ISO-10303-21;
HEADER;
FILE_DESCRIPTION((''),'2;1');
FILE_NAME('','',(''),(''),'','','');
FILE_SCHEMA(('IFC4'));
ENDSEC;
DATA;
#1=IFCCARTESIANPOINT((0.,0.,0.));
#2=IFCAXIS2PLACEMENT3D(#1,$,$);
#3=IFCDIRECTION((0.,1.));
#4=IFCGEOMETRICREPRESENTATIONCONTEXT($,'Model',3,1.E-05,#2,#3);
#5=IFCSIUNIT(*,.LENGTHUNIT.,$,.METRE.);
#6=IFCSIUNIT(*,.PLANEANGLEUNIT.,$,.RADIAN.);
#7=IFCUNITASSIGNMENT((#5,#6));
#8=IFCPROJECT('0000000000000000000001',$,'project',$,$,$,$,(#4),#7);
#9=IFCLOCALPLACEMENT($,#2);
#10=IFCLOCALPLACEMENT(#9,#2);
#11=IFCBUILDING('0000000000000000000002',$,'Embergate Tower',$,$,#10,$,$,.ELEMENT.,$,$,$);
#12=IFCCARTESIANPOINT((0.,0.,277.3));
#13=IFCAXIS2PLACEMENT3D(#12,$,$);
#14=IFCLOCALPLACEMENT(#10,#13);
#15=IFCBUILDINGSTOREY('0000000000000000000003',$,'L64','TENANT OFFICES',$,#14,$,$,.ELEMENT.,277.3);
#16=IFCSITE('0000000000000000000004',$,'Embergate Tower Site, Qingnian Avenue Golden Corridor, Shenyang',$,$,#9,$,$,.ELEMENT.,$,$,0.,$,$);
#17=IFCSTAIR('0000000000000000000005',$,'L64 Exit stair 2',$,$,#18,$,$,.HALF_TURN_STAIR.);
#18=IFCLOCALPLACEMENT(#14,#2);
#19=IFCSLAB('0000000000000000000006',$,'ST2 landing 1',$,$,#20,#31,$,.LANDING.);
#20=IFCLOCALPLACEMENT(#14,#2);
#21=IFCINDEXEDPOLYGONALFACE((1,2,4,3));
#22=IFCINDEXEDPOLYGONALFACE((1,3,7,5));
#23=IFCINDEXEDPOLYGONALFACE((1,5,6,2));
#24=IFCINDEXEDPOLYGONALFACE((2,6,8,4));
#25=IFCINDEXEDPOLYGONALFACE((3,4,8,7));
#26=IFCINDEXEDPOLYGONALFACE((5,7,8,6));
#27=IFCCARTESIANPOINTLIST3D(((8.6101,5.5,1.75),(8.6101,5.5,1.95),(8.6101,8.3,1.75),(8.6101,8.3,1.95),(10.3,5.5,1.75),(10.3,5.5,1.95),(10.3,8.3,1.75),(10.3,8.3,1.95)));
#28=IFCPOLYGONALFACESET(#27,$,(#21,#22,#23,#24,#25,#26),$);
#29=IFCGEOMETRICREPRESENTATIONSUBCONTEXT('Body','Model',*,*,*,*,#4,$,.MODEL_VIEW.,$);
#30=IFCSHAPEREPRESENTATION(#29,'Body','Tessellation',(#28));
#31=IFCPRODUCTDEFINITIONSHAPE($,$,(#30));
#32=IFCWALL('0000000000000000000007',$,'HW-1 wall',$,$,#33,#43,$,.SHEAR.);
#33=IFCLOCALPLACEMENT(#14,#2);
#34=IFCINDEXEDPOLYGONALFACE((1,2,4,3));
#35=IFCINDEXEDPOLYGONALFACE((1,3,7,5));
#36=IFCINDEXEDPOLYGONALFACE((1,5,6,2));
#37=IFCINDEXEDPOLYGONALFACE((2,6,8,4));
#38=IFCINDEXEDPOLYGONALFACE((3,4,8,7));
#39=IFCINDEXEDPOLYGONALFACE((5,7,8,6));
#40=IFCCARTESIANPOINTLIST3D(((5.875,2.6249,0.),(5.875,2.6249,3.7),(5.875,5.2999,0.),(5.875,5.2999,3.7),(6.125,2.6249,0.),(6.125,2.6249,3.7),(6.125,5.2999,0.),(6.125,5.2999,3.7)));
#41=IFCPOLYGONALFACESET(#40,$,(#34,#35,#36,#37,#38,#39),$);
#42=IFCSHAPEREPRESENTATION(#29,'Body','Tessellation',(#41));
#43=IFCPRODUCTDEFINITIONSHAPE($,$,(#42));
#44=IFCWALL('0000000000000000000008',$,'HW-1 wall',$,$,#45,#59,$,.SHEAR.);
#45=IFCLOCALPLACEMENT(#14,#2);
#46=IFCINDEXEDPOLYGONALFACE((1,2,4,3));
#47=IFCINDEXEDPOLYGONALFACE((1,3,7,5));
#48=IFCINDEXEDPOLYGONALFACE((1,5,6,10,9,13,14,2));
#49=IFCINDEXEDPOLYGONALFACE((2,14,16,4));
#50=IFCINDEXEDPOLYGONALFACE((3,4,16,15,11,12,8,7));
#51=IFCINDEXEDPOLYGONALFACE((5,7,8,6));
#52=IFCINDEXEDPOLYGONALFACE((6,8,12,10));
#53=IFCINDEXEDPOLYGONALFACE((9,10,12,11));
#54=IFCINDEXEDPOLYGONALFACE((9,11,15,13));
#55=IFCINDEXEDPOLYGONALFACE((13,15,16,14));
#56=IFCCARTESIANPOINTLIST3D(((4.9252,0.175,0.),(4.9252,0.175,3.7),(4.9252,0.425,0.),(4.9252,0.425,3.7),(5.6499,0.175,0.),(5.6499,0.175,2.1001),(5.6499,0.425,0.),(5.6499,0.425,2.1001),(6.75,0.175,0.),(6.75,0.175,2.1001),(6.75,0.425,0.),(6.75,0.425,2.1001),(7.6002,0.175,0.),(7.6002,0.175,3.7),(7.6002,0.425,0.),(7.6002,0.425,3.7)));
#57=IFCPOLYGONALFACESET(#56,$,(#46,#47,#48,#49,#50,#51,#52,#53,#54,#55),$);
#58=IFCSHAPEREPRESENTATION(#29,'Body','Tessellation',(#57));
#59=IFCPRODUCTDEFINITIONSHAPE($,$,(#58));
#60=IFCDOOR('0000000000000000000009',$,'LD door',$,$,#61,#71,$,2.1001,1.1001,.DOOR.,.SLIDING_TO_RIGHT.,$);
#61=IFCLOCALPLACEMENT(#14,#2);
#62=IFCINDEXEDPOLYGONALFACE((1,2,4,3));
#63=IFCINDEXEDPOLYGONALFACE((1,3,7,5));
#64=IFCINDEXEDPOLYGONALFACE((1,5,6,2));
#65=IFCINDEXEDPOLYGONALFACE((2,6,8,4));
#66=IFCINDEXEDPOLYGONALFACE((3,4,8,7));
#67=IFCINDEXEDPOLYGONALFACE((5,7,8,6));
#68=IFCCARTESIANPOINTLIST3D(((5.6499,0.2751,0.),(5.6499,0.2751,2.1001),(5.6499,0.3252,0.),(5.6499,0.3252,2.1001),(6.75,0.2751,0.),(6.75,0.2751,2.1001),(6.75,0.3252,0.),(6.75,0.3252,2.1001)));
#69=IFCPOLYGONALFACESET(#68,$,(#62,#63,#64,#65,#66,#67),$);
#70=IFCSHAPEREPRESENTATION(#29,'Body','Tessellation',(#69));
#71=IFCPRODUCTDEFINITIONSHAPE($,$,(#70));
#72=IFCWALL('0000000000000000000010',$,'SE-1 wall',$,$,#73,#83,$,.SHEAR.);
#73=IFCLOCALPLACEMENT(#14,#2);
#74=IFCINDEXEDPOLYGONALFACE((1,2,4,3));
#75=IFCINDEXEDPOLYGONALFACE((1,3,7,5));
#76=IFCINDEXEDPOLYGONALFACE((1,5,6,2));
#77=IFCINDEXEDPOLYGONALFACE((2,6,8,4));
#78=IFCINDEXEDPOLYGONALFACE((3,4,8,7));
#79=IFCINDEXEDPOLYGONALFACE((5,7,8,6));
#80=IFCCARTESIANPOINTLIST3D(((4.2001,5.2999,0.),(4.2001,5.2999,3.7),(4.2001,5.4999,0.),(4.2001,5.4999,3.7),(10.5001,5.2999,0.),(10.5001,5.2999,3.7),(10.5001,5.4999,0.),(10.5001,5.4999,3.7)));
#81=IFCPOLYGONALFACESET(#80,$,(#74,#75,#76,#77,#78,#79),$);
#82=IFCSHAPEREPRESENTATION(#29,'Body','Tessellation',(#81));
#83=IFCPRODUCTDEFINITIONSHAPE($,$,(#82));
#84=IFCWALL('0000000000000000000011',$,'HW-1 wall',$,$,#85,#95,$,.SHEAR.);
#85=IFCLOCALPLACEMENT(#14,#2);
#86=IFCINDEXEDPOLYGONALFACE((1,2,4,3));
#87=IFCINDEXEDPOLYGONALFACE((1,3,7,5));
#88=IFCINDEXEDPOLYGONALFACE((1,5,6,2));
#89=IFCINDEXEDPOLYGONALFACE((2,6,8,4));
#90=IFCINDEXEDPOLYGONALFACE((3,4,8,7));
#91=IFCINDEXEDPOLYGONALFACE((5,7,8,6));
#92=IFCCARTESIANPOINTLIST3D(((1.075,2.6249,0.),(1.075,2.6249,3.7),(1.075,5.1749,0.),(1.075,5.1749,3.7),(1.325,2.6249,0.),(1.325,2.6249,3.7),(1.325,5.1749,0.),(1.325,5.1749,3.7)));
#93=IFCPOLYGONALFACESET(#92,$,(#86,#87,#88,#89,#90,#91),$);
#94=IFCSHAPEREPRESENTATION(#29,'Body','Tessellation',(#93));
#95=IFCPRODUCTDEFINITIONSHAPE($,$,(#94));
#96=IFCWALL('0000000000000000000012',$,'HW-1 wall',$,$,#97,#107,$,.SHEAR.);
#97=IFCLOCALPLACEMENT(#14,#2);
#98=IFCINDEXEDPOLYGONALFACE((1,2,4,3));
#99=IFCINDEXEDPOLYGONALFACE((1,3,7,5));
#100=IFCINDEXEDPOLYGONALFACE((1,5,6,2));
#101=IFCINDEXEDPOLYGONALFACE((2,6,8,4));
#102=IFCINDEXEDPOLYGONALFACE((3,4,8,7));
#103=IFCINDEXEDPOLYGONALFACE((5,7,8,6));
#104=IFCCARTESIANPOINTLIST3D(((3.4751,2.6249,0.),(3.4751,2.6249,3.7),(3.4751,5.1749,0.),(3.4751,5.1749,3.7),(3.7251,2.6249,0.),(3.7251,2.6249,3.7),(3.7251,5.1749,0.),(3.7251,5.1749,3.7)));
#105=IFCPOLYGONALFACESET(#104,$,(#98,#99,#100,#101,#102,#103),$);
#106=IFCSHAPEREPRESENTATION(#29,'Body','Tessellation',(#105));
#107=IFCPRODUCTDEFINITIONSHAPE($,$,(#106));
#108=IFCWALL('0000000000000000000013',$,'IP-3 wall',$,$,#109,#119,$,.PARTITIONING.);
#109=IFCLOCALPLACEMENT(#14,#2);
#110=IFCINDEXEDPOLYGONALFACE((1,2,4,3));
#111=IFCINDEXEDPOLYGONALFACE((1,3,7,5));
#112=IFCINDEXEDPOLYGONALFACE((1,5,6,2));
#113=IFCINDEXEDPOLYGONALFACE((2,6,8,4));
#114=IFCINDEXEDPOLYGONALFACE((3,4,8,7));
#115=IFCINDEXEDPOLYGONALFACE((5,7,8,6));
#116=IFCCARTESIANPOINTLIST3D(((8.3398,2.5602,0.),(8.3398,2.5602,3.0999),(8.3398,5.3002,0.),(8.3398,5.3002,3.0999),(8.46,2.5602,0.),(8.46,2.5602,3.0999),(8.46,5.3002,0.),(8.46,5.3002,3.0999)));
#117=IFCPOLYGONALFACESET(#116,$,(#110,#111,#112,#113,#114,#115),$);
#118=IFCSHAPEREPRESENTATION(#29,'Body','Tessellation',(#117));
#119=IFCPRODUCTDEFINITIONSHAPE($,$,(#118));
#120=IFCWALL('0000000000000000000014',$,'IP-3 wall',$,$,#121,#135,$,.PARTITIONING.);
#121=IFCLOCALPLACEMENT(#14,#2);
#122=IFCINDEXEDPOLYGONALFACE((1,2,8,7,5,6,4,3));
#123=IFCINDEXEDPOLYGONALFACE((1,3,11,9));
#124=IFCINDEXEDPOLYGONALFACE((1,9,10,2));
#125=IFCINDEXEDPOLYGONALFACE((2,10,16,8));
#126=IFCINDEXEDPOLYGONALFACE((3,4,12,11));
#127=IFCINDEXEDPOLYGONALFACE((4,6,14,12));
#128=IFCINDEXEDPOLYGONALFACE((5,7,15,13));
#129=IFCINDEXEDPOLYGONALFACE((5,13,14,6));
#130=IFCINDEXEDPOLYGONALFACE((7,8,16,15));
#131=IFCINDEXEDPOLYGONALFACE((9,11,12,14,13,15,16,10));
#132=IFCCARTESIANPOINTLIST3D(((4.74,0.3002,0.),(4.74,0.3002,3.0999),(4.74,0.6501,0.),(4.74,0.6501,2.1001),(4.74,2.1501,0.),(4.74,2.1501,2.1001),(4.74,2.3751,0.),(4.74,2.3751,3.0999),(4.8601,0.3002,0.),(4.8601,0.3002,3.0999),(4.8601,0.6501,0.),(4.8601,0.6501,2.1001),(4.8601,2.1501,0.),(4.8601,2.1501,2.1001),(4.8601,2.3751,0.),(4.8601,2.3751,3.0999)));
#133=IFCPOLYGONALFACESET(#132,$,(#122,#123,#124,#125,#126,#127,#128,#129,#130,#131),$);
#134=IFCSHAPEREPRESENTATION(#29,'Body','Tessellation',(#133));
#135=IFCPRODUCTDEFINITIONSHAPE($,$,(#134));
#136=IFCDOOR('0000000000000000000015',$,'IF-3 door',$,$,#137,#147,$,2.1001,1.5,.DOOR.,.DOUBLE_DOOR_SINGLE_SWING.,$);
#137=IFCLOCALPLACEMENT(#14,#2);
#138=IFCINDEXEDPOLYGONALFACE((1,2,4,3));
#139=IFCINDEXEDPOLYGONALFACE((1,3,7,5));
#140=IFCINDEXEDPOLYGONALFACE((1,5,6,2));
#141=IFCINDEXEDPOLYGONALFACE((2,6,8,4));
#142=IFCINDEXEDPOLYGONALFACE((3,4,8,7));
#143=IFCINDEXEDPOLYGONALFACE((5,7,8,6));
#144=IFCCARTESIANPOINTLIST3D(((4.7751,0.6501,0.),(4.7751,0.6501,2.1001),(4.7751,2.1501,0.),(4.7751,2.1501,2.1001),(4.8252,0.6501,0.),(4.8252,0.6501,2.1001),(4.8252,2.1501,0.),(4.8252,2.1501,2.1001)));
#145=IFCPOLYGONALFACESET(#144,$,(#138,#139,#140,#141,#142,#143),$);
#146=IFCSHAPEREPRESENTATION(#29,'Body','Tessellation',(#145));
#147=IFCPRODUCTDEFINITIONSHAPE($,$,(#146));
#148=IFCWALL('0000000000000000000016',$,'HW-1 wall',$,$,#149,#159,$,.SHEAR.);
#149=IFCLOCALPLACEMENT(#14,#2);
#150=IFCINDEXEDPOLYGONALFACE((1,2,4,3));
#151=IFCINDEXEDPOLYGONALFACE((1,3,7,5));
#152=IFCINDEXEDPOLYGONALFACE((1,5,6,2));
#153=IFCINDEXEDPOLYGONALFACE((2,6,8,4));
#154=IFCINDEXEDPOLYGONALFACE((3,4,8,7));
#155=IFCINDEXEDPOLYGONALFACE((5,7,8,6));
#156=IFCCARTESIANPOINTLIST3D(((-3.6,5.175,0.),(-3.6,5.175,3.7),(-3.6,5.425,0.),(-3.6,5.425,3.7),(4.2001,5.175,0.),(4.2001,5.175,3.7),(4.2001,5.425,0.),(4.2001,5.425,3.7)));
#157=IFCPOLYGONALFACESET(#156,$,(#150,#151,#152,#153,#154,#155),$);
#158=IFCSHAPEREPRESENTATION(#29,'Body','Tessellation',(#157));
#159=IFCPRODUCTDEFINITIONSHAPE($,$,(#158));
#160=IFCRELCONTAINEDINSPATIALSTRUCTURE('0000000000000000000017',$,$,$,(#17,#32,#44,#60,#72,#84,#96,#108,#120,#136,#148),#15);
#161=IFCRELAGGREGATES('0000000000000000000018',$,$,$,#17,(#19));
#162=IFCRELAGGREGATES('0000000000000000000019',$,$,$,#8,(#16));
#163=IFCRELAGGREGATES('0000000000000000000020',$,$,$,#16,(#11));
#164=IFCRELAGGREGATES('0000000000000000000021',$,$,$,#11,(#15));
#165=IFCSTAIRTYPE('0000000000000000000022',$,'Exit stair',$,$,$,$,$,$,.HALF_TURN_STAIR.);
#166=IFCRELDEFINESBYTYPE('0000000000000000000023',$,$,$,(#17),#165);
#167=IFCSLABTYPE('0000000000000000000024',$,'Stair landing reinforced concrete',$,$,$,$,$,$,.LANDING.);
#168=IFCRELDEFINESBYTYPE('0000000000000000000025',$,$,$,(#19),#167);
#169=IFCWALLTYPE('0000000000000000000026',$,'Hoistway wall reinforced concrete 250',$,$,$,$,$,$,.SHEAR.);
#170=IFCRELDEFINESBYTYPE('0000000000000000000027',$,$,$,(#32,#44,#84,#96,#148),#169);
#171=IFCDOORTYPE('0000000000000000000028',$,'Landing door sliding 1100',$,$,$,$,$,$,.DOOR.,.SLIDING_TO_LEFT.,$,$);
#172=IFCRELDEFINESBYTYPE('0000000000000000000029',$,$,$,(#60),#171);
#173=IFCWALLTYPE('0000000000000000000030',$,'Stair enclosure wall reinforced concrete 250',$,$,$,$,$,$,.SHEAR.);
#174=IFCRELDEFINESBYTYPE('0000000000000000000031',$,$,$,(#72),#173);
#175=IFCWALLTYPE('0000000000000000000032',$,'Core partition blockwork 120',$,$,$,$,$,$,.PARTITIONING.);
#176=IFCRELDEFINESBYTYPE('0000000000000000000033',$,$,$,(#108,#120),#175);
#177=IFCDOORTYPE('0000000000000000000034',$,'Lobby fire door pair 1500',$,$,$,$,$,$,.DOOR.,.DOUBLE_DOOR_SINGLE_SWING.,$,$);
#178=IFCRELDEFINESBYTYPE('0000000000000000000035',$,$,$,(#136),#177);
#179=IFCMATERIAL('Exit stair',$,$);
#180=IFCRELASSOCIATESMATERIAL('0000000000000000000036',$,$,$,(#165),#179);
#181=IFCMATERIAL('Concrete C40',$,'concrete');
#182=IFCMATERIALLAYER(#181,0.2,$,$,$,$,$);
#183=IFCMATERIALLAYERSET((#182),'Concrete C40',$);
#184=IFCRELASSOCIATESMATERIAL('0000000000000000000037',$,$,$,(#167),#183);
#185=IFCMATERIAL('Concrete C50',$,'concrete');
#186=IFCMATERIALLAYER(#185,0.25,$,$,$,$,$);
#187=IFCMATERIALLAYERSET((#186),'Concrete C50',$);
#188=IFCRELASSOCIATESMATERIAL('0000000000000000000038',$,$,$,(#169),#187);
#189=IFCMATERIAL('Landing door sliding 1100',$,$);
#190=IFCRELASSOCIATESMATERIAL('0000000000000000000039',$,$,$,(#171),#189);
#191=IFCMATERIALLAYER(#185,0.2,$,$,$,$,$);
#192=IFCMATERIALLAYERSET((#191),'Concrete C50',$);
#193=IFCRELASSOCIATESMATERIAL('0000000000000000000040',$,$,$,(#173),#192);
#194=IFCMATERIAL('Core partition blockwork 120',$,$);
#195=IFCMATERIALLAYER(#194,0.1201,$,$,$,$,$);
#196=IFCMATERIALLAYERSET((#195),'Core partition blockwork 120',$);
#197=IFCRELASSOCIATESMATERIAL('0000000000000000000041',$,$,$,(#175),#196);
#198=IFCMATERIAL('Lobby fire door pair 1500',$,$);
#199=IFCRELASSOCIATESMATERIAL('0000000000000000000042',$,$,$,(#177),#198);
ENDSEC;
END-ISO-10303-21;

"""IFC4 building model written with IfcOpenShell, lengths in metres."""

from ifc_helpers import new_model, si_unit, direction, frame, frame_2d, origin, place, context, subcontext, project, spatial, polyline, rectangle, outline, extrude, source, transform, mapped, material, layer, layer_set, type_object, element, fill, aggregate, save


model = new_model("IFC4")

# Units and contexts
model_context = context("Model", 3, precision=1e-05, world=origin(), true_north=direction((0.0, 1.0)))
body_context = subcontext(model_context, "Body", "Model", "MODEL_VIEW")
ifc_project = project(units=[si_unit("LENGTHUNIT", "METRE"), si_unit("PLANEANGLEUNIT", "RADIAN")], contexts=[model_context])

# Site, building, storey
site_placement = place(None, origin())
site = spatial("IfcSite", under=ifc_project, at=site_placement, Name="Embergate Tower Site, Qingnian Avenue Golden Corridor, Shenyang", CompositionType="ELEMENT", RefElevation=0.0)
building_placement = place(site_placement, origin())
building = spatial("IfcBuilding", under=site, at=building_placement, Name="Embergate Tower", CompositionType="ELEMENT")
storey_placement = place(building_placement, frame((0.0, 0.0, 277.3)))
storey = spatial("IfcBuildingStorey", under=building, at=storey_placement, Name="L64", Description="TENANT OFFICES", CompositionType="ELEMENT", Elevation=277.3)

# Stair, slab
ifc_material_1 = material(Name="Exit stair")
stair_type = type_object("IfcStairType", Name="Exit stair", PredefinedType="HALF_TURN_STAIR", material=ifc_material_1)
stair_placement = place(storey_placement, origin())
stair = element("IfcStair", 1, at=stair_placement, inside=storey, type_object=stair_type, Name="L64 Exit stair 2", PredefinedType="HALF_TURN_STAIR")
ifc_material_2 = material(Name="Concrete C40", Category="concrete")
ifc_layer_1 = layer(ifc_material_2, 0.2)
ifc_layer_set_1 = layer_set([ifc_layer_1], Name="Concrete C40")
slab_type = type_object("IfcSlabType", Name="Stair landing reinforced concrete", PredefinedType="LANDING", material=ifc_layer_set_1)
shared_shape_1 = source(origin(), body_context, "Body", "SweptSolid", [
    extrude(outline(polyline([(0.0, 0.0), (1.6899, 0.0), (1.6899, 2.8), (0.0, 2.8), (0.0, 0.0)])), origin(), (0.0, 0.0, 1.0), 0.2),
])
slab_placement = place(storey_placement, frame((8.6101, 5.5, 1.75)))
slab = element("IfcSlab", 2, at=slab_placement, type_object=slab_type, Name="ST2 landing 1", PredefinedType="LANDING", context=body_context, shape_type="MappedRepresentation", body=[
    mapped(shared_shape_1, transform((0.0, 0.0, 0.0))),
])

# Wall
ifc_material_3 = material(Name="Concrete C50", Category="concrete")
ifc_layer_2 = layer(ifc_material_3, 0.25)
ifc_layer_set_2 = layer_set([ifc_layer_2], Name="Concrete C50")
wall_type_1 = type_object("IfcWallType", Name="Hoistway wall reinforced concrete 250", PredefinedType="SHEAR", material=ifc_layer_set_2)
shared_shape_2 = source(origin(), body_context, "Body", "SweptSolid", [
    extrude(rectangle(XDim=2.675, YDim=0.25, at=frame_2d((1.3374, 0.0))), origin(), (0.0, 0.0, 1.0), 3.7),
])
wall_1_placement = place(storey_placement, frame((6.0, 2.625, 0.0), z_axis=(0.0, 0.0, 1.0), x_axis=(0.0, 1.0, 0.0)))
element("IfcWall", 3, at=wall_1_placement, inside=storey, type_object=wall_type_1, Name="HW-1 wall", PredefinedType="SHEAR", context=body_context, shape_type="MappedRepresentation", body=[
    mapped(shared_shape_2, transform((0.0, 0.0, 0.0))),
])

# Wall, opening, door
wall_2_placement = place(storey_placement, frame((7.6001, 0.3, 0.0), z_axis=(0.0, 0.0, 1.0), x_axis=(-1.0, 0.0, 0.0)))
wall_2 = element("IfcWall", 4, at=wall_2_placement, inside=storey, type_object=wall_type_1, Name="HW-1 wall", PredefinedType="SHEAR", context=body_context, shape_type="MappedRepresentation", body=[
    mapped(shared_shape_2, transform((0.0, 0.0, 0.0))),
])
shared_shape_3 = source(origin(), body_context, "Body", "SweptSolid", [
    extrude(rectangle(XDim=1.1001, YDim=2.1001, at=frame_2d((0.55, 1.05))), frame((0.0, 0.135, 0.0), z_axis=(0.0, -1.0, 0.0), x_axis=(1.0, 0.0, 0.0)), (0.0, 0.0, 1.0), 0.27),
])
opening_1_placement = place(wall_2_placement, frame((0.8501, 0.0, 0.0)))
opening_1 = element("IfcOpeningElement", 5, at=opening_1_placement, cuts=wall_2, PredefinedType="OPENING", context=body_context, shape_type="MappedRepresentation", body=[
    mapped(shared_shape_3, transform((0.0, 0.0, 0.0))),
])
ifc_material_4 = material(Name="Landing door sliding 1100")
door_type_1 = type_object("IfcDoorType", Name="Landing door sliding 1100", OperationType="SLIDING_TO_LEFT", PredefinedType="DOOR", material=ifc_material_4)
shared_shape_4 = source(origin(), body_context, "Body", "SweptSolid", [
    extrude(rectangle(XDim=1.1001, YDim=2.1001, at=frame_2d((0.55, 1.05))), frame((0.0, 0.0249, 0.0), z_axis=(0.0, -1.0, 0.0), x_axis=(1.0, 0.0, 0.0)), (0.0, 0.0, 1.0), 0.05),
])
door_1_placement = place(opening_1_placement, origin())
door_1 = element("IfcDoor", 6, at=door_1_placement, inside=storey, type_object=door_type_1, Name="LD door", OperationType="SLIDING_TO_RIGHT", OverallHeight=2.1001, OverallWidth=1.1001, PredefinedType="DOOR", context=body_context, shape_type="MappedRepresentation", body=[
    mapped(shared_shape_4, transform((0.0, 0.0, 0.0))),
])
fill(opening_1, door_1)

# Walls
ifc_layer_3 = layer(ifc_material_3, 0.2)
ifc_layer_set_3 = layer_set([ifc_layer_3], Name="Concrete C50")
wall_type_2 = type_object("IfcWallType", Name="Stair enclosure wall reinforced concrete 250", PredefinedType="SHEAR", material=ifc_layer_set_3)
shared_shape_5 = source(origin(), body_context, "Body", "SweptSolid", [
    extrude(rectangle(XDim=6.3, YDim=0.2, at=frame_2d((3.1499, 0.0))), origin(), (0.0, 0.0, 1.0), 3.7),
])
wall_3_placement = place(storey_placement, frame((10.5, 5.3999, 0.0), z_axis=(0.0, 0.0, 1.0), x_axis=(-1.0, 0.0, 0.0)))
element("IfcWall", 7, at=wall_3_placement, inside=storey, type_object=wall_type_2, Name="SE-1 wall", PredefinedType="SHEAR", context=body_context, shape_type="MappedRepresentation", body=[
    mapped(shared_shape_5, transform((0.0, 0.0, 0.0))),
])
shared_shape_6 = source(origin(), body_context, "Body", "SweptSolid", [
    extrude(rectangle(XDim=2.55, YDim=0.25, at=frame_2d((1.2749, 0.0))), origin(), (0.0, 0.0, 1.0), 3.7),
])
for number, where, z_axis, x_axis, name in (
    (8, (1.2, 2.625, 0.0), (0.0, 0.0, 1.0), (0.0, 1.0, 0.0), "HW-1 wall"),
    (9, (3.6001, 2.625, 0.0), (0.0, 0.0, 1.0), (0.0, 1.0, 0.0), "HW-1 wall"),
):
    element("IfcWall", number, at=place(storey_placement, frame(where, z_axis=z_axis, x_axis=x_axis)), inside=storey, type_object=wall_type_1, Name=name, PredefinedType="SHEAR", context=body_context, shape_type="MappedRepresentation", body=[
        mapped(shared_shape_6, transform((0.0, 0.0, 0.0))),
    ])
ifc_material_5 = material(Name="Core partition blockwork 120")
ifc_layer_4 = layer(ifc_material_5, 0.1201)
ifc_layer_set_4 = layer_set([ifc_layer_4], Name="Core partition blockwork 120")
wall_type_3 = type_object("IfcWallType", Name="Core partition blockwork 120", PredefinedType="PARTITIONING", material=ifc_layer_set_4)
shared_shape_7 = source(origin(), body_context, "Body", "SweptSolid", [
    extrude(rectangle(XDim=2.74, YDim=0.1201, at=frame_2d((1.3701, 0.0))), origin(), (0.0, 0.0, 1.0), 3.0999),
])
wall_4_placement = place(storey_placement, frame((8.3999, 2.5601, 0.0), z_axis=(0.0, 0.0, 1.0), x_axis=(0.0, 1.0, 0.0)))
element("IfcWall", 10, at=wall_4_placement, inside=storey, type_object=wall_type_3, Name="IP-3 wall", PredefinedType="PARTITIONING", context=body_context, shape_type="MappedRepresentation", body=[
    mapped(shared_shape_7, transform((0.0, 0.0, 0.0))),
])

# Wall, opening, door
shared_shape_8 = source(origin(), body_context, "Body", "SweptSolid", [
    extrude(rectangle(XDim=2.075, YDim=0.1201, at=frame_2d((1.0376, 0.0))), origin(), (0.0, 0.0, 1.0), 3.0999),
])
wall_5_placement = place(storey_placement, frame((4.8, 0.3, 0.0), z_axis=(0.0, 0.0, 1.0), x_axis=(0.0, 1.0, 0.0)))
wall_5 = element("IfcWall", 11, at=wall_5_placement, inside=storey, type_object=wall_type_3, Name="IP-3 wall", PredefinedType="PARTITIONING", context=body_context, shape_type="MappedRepresentation", body=[
    mapped(shared_shape_8, transform((0.0, 0.0, 0.0))),
])
shared_shape_9 = source(origin(), body_context, "Body", "SweptSolid", [
    extrude(rectangle(XDim=1.5, YDim=2.1001, at=frame_2d((0.75, 1.05))), frame((0.0, 0.0701, 0.0), z_axis=(0.0, -1.0, 0.0), x_axis=(1.0, 0.0, 0.0)), (0.0, 0.0, 1.0), 0.1401),
])
opening_2_placement = place(wall_5_placement, frame((0.3501, 0.0, 0.0)))
opening_2 = element("IfcOpeningElement", 12, at=opening_2_placement, cuts=wall_5, PredefinedType="OPENING", context=body_context, shape_type="MappedRepresentation", body=[
    mapped(shared_shape_9, transform((0.0, 0.0, 0.0))),
])
ifc_material_6 = material(Name="Lobby fire door pair 1500")
door_type_2 = type_object("IfcDoorType", Name="Lobby fire door pair 1500", OperationType="DOUBLE_DOOR_SINGLE_SWING", PredefinedType="DOOR", material=ifc_material_6)
shared_shape_10 = source(origin(), body_context, "Body", "SweptSolid", [
    extrude(rectangle(XDim=1.5, YDim=2.1001, at=frame_2d((0.75, 1.05))), frame((0.0, 0.0249, 0.0), z_axis=(0.0, -1.0, 0.0), x_axis=(1.0, 0.0, 0.0)), (0.0, 0.0, 1.0), 0.05),
])
door_2_placement = place(opening_2_placement, origin())
door_2 = element("IfcDoor", 13, at=door_2_placement, inside=storey, type_object=door_type_2, Name="IF-3 door", OperationType="DOUBLE_DOOR_SINGLE_SWING", OverallHeight=2.1001, OverallWidth=1.5, PredefinedType="DOOR", context=body_context, shape_type="MappedRepresentation", body=[
    mapped(shared_shape_10, transform((0.0, 0.0, 0.0))),
])
fill(opening_2, door_2)

# Wall
shared_shape_11 = source(origin(), body_context, "Body", "SweptSolid", [
    extrude(rectangle(XDim=7.8, YDim=0.25, at=frame_2d((3.8999, 0.0))), origin(), (0.0, 0.0, 1.0), 3.7),
])
wall_6_placement = place(storey_placement, frame((4.2, 5.3, 0.0), z_axis=(0.0, 0.0, 1.0), x_axis=(-1.0, 0.0, 0.0)))
element("IfcWall", 14, at=wall_6_placement, inside=storey, type_object=wall_type_1, Name="HW-1 wall", PredefinedType="SHEAR", context=body_context, shape_type="MappedRepresentation", body=[
    mapped(shared_shape_11, transform((0.0, 0.0, 0.0))),
])

aggregate(stair, [slab])

save(model, "model.ifc")
